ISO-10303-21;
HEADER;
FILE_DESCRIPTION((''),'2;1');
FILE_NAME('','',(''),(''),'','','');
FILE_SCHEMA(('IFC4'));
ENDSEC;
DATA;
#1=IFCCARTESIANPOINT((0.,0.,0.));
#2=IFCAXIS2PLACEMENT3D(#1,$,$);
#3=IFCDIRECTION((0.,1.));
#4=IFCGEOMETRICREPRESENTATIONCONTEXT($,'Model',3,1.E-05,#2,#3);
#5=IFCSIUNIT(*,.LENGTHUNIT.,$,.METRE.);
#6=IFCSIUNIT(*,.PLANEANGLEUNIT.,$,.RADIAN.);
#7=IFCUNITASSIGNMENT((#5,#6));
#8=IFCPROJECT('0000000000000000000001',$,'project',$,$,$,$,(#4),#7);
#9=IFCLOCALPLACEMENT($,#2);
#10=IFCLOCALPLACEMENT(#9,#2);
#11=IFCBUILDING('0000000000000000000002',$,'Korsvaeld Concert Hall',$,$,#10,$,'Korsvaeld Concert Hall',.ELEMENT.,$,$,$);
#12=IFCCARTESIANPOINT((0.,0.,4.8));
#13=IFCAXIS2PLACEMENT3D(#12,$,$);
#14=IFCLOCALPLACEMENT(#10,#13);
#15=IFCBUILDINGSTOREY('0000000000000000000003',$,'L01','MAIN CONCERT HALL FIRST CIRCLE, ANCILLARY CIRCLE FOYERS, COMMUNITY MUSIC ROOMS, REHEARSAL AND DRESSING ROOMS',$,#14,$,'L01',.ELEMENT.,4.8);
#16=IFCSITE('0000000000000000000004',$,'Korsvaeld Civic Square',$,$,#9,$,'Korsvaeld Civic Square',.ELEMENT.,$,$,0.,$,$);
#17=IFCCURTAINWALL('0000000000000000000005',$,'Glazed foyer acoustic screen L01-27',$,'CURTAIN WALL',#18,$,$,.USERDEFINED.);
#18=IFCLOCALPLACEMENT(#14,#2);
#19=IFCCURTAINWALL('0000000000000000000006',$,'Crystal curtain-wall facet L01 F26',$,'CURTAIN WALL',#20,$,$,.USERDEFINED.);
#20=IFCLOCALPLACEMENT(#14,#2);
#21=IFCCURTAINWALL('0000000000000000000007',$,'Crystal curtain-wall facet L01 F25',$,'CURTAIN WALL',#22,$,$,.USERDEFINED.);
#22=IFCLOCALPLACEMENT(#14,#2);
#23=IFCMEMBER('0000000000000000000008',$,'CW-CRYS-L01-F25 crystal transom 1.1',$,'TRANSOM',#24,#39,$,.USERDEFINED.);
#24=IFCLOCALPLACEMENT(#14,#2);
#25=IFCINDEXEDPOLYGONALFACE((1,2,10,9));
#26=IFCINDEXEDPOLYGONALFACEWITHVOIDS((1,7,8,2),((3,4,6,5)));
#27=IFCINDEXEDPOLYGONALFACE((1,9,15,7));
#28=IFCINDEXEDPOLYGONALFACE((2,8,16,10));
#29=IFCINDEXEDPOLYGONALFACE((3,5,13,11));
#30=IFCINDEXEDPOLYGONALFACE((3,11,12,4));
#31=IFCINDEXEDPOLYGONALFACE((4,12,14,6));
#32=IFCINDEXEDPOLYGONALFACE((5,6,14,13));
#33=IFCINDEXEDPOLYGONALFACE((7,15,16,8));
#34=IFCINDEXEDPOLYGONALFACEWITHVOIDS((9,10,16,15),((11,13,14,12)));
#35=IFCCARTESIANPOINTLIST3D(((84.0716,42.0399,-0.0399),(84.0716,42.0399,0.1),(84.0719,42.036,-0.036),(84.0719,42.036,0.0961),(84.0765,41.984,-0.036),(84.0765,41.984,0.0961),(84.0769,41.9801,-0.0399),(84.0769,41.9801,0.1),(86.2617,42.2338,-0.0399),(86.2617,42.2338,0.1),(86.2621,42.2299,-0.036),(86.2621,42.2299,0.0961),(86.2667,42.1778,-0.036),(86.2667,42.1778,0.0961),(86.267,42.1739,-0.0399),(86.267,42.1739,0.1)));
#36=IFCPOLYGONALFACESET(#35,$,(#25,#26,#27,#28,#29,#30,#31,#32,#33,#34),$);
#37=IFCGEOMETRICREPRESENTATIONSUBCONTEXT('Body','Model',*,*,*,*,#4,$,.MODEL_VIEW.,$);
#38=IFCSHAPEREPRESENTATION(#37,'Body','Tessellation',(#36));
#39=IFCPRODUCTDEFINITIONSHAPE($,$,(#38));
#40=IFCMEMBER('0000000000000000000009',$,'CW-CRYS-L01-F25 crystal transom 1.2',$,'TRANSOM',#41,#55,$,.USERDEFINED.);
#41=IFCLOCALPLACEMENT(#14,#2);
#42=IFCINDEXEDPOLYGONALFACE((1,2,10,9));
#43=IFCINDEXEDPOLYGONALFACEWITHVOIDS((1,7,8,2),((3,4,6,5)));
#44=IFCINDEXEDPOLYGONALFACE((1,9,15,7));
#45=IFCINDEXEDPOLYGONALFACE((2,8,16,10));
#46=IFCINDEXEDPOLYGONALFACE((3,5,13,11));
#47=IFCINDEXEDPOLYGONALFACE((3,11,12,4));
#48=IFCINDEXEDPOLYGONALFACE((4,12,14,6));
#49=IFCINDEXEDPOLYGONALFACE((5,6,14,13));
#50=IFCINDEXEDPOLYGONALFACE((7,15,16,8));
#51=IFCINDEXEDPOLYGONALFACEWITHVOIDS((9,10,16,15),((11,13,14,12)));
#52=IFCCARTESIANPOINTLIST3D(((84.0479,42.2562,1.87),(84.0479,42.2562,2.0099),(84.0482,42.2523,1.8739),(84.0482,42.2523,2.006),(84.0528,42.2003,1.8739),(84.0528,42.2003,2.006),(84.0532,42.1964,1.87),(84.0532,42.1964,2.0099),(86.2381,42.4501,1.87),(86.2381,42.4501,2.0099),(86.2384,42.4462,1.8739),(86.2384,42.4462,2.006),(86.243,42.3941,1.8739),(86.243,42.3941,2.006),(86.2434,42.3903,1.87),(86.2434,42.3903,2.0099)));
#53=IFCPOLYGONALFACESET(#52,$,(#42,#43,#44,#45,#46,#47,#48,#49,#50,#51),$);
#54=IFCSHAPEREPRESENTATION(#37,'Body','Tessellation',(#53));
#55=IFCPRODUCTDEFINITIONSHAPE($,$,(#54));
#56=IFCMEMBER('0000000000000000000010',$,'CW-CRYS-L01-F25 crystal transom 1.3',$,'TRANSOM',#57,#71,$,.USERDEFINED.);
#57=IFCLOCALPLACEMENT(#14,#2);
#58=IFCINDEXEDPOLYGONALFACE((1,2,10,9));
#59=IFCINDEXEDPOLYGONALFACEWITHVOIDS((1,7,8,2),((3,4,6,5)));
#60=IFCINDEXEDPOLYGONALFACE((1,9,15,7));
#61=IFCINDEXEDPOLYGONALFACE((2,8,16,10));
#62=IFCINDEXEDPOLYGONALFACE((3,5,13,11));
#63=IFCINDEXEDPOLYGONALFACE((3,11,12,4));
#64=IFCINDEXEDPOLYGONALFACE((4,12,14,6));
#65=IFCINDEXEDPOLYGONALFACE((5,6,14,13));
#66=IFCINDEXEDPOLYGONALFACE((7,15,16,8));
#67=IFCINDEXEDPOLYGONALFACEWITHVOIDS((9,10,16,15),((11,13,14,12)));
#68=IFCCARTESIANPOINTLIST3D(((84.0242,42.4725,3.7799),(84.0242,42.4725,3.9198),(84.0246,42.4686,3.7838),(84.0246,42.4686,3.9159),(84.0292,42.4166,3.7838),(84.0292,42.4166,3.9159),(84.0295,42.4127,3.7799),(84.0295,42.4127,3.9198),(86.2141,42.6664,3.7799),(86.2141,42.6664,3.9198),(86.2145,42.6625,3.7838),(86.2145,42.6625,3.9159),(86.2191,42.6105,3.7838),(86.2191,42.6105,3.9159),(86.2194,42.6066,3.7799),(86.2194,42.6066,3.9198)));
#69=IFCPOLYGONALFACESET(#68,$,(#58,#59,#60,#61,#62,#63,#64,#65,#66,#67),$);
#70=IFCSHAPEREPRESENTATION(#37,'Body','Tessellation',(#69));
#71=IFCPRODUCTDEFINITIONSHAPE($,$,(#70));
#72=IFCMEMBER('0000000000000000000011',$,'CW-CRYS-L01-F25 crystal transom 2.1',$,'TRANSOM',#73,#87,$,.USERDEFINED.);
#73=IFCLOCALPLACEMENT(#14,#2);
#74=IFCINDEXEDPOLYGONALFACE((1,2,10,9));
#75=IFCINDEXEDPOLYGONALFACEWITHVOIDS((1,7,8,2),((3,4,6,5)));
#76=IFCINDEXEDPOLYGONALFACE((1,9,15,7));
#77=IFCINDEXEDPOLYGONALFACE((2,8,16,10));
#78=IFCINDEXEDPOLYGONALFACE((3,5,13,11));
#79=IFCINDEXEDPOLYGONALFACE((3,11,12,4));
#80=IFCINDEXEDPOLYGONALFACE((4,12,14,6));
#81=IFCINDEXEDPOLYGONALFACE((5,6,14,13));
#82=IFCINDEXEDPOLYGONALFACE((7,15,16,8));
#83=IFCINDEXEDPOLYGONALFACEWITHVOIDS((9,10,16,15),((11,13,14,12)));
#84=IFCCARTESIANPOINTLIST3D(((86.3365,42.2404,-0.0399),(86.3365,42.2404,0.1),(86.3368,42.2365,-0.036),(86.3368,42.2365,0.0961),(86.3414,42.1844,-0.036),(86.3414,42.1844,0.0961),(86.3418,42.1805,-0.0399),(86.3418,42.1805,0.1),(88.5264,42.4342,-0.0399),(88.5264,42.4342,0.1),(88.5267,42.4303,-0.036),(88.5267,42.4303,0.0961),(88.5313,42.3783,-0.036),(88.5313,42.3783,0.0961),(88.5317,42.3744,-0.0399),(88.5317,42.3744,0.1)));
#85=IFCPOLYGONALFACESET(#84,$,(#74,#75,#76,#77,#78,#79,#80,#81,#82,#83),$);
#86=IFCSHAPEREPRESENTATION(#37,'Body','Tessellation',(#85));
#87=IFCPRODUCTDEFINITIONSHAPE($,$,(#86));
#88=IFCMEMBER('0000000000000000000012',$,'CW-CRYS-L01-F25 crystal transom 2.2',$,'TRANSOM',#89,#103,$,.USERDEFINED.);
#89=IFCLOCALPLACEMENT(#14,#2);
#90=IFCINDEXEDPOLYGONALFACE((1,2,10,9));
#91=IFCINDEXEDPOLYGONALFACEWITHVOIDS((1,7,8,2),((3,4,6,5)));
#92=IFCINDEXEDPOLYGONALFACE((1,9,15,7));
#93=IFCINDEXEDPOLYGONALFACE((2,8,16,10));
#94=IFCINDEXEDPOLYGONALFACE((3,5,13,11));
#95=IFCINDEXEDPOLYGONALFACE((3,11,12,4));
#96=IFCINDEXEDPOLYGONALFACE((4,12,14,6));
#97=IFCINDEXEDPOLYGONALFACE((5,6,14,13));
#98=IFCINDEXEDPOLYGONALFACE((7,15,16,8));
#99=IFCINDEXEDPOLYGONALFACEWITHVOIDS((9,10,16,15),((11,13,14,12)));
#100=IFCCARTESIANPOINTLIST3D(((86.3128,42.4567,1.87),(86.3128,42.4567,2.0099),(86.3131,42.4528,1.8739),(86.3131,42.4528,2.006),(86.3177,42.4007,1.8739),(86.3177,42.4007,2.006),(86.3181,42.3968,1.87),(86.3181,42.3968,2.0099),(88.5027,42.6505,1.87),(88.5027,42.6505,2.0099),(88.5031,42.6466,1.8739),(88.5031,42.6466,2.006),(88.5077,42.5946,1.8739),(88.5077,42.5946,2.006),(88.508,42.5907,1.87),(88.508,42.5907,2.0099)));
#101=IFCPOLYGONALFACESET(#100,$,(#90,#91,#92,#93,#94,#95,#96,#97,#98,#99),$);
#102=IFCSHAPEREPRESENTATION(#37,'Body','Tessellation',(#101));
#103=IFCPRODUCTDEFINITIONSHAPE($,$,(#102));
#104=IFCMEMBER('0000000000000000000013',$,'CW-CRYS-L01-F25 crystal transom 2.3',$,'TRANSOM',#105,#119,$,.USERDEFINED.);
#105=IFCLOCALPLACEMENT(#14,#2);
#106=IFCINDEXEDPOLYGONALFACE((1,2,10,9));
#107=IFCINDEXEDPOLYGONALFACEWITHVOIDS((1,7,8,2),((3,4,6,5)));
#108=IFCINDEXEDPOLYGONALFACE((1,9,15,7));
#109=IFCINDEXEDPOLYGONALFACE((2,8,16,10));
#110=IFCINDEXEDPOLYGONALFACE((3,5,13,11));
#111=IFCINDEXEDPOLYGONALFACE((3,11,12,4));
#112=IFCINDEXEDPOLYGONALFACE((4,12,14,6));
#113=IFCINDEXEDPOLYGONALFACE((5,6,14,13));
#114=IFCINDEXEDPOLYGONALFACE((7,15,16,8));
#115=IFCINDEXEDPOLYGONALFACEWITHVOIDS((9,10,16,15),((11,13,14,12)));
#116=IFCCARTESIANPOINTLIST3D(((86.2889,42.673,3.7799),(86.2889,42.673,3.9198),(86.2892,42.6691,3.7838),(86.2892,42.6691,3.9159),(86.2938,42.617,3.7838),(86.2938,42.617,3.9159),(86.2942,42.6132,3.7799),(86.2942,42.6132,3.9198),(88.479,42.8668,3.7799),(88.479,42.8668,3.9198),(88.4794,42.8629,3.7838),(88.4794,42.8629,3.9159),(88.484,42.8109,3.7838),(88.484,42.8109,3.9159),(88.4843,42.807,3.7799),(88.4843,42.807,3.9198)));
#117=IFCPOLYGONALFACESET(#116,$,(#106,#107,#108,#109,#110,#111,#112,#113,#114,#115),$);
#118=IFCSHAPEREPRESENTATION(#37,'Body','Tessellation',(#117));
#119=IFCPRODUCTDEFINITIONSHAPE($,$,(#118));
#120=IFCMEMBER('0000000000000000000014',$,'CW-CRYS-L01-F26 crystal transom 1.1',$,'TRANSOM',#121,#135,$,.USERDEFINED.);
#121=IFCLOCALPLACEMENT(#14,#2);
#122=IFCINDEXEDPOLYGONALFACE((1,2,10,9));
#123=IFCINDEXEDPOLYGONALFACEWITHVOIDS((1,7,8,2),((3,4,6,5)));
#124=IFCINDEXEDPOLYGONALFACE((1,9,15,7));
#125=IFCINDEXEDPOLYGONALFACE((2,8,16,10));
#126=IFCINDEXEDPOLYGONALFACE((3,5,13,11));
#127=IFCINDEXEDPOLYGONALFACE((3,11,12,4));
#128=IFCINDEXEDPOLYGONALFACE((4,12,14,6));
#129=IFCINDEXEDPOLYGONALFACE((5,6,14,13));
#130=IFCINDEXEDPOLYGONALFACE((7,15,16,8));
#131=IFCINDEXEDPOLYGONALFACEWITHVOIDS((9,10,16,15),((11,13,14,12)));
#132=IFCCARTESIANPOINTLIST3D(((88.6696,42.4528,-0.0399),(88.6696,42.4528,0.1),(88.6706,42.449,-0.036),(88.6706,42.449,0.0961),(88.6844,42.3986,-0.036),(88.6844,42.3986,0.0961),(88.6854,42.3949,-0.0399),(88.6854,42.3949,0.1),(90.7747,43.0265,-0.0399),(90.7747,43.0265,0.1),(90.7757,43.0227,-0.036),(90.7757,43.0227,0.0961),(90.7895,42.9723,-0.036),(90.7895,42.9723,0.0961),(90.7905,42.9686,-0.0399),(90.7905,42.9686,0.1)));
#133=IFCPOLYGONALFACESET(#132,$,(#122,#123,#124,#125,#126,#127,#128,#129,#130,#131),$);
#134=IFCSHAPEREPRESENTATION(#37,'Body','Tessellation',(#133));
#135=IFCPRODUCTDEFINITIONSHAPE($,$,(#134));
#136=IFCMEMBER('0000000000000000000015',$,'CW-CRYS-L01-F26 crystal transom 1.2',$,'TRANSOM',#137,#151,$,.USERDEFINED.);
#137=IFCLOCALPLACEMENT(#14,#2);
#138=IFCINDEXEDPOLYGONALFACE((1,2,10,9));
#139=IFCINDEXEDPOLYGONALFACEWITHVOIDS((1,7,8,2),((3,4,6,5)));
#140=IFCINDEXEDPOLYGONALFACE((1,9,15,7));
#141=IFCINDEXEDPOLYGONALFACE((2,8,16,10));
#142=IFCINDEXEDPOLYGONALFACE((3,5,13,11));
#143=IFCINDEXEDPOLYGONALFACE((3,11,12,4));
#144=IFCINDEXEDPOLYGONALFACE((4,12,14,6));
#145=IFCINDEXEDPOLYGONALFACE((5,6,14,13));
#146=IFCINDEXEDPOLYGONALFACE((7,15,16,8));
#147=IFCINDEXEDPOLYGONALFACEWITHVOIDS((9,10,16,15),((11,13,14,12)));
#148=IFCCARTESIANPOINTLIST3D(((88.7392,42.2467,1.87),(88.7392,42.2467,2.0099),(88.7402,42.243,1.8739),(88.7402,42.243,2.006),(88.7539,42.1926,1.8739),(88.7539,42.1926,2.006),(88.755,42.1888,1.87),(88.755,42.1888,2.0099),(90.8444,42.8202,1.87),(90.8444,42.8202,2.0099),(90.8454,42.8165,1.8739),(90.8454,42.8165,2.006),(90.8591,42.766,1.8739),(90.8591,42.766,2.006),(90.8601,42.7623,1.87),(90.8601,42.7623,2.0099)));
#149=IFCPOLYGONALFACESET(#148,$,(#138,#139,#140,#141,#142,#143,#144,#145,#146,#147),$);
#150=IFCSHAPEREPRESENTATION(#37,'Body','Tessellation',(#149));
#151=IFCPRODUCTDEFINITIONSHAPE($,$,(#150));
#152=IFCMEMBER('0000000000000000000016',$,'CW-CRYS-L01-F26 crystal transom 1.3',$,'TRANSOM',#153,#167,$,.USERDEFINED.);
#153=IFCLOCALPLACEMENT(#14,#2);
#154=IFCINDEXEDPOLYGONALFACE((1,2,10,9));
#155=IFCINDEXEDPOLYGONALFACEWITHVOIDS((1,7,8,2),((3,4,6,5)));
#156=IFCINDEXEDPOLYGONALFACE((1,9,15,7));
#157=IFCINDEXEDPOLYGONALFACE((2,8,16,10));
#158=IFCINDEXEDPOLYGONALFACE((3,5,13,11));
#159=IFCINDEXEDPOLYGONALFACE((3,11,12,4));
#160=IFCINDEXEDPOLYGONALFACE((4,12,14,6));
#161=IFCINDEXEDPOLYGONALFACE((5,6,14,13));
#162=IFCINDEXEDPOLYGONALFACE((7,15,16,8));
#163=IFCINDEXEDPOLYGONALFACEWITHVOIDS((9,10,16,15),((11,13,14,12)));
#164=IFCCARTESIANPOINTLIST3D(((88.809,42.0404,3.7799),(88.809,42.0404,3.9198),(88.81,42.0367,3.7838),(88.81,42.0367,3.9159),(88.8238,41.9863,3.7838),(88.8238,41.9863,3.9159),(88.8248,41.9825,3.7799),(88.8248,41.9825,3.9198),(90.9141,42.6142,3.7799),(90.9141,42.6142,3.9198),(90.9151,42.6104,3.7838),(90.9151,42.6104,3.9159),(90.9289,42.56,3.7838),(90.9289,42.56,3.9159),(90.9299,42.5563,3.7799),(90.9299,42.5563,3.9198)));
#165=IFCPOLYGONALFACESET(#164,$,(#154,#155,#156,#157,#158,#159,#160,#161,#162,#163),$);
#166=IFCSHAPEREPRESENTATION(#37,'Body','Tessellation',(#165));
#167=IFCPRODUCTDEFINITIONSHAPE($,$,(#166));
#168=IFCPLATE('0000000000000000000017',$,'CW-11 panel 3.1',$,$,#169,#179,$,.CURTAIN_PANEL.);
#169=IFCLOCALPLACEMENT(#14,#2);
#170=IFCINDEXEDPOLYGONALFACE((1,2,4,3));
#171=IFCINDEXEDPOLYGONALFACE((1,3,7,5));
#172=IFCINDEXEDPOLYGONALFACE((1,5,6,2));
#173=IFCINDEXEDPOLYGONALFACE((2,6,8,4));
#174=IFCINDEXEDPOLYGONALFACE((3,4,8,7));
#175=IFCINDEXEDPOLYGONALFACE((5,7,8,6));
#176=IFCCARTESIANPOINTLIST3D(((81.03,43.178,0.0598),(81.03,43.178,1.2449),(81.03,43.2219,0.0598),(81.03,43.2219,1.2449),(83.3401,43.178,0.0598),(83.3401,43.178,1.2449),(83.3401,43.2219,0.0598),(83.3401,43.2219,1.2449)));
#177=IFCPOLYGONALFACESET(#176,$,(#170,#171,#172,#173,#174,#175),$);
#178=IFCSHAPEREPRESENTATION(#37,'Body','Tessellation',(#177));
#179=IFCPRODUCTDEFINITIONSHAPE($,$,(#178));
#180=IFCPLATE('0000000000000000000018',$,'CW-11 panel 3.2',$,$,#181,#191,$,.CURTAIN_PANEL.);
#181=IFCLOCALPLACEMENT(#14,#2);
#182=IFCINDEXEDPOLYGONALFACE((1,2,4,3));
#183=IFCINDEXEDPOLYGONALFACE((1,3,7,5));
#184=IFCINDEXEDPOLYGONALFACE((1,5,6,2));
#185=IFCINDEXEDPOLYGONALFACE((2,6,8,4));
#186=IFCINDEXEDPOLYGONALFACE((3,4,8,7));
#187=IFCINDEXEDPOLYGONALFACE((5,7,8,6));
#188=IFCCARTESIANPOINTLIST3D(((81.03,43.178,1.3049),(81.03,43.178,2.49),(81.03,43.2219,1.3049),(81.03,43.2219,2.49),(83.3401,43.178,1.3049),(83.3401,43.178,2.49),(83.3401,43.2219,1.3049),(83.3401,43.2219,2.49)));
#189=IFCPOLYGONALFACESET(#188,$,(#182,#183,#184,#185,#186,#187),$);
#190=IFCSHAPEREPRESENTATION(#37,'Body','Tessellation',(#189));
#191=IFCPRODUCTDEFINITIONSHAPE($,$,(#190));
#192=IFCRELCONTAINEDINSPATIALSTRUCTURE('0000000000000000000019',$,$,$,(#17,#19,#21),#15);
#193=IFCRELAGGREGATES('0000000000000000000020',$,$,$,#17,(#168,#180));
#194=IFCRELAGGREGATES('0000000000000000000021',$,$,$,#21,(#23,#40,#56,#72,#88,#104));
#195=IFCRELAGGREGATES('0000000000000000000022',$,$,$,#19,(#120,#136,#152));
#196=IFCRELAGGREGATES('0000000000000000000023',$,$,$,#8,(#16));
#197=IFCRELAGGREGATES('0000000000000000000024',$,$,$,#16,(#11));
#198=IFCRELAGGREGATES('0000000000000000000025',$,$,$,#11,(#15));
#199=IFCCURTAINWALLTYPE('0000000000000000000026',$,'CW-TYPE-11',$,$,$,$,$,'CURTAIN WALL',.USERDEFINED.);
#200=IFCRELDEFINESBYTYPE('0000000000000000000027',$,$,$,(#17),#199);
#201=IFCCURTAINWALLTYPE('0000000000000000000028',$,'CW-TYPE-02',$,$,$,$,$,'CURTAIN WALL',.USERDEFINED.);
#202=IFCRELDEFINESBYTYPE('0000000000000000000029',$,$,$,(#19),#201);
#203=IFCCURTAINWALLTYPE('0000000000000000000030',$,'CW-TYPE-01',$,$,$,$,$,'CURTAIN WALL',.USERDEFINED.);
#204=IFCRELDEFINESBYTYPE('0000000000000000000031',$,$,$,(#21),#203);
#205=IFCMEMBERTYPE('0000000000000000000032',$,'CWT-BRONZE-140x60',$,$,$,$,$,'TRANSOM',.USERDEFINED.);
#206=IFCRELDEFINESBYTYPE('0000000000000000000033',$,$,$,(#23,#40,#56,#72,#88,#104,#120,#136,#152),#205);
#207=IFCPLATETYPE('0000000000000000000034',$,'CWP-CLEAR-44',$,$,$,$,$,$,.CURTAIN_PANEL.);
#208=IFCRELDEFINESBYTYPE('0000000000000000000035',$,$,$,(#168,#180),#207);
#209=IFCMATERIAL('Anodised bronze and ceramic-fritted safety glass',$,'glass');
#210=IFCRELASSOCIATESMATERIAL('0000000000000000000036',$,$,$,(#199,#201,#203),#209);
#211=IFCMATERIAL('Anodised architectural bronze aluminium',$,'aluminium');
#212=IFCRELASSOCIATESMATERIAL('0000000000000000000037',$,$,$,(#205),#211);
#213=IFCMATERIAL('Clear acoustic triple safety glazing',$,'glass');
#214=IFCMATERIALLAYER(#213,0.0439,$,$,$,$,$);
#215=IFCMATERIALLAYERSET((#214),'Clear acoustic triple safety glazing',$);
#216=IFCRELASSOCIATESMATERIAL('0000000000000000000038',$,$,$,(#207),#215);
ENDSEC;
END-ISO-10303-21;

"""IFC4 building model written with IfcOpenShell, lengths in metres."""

from ifc_helpers import new_model, si_unit, direction, frame, origin, origin_2d, place, context, subcontext, project, spatial, rectangle, hollow_rectangle, extrude, material, layer, layer_set, material_profile, profile_set, type_object, element, aggregate, save


model = new_model("IFC4")

# Units and contexts
model_context = context("Model", 3, precision=1e-05, world=origin(), true_north=direction((0.0, 1.0)))
body_context = subcontext(model_context, "Body", "Model", "MODEL_VIEW")
ifc_project = project(units=[si_unit("LENGTHUNIT", "METRE"), si_unit("PLANEANGLEUNIT", "RADIAN")], contexts=[model_context])

# Site, building, storey
site_placement = place(None, origin())
site = spatial("IfcSite", under=ifc_project, at=site_placement, Name="Korsvaeld Civic Square", LongName="Korsvaeld Civic Square", CompositionType="ELEMENT", RefElevation=0.0)
building_placement = place(site_placement, origin())
building = spatial("IfcBuilding", under=site, at=building_placement, Name="Korsvaeld Concert Hall", LongName="Korsvaeld Concert Hall", CompositionType="ELEMENT")
storey_placement = place(building_placement, frame((0.0, 0.0, 4.8)))
storey = spatial("IfcBuildingStorey", under=building, at=storey_placement, Name="L01", Description="MAIN CONCERT HALL FIRST CIRCLE, ANCILLARY CIRCLE FOYERS, COMMUNITY MUSIC ROOMS, REHEARSAL AND DRESSING ROOMS", LongName="L01", CompositionType="ELEMENT", Elevation=4.8)

# Curtain walls
ifc_material_1 = material(Name="Anodised bronze and ceramic-fritted safety glass", Category="glass")
curtain_wall_type_1 = type_object("IfcCurtainWallType", Name="CW-TYPE-11", ElementType="CURTAIN WALL", PredefinedType="USERDEFINED", material=ifc_material_1)
curtain_wall_1_placement = place(storey_placement, origin())
curtain_wall_1 = element("IfcCurtainWall", 1, at=curtain_wall_1_placement, inside=storey, type_object=curtain_wall_type_1, Name="Glazed foyer acoustic screen L01-27", ObjectType="CURTAIN WALL", PredefinedType="USERDEFINED")
ifc_material_2 = material(Name="Anodised architectural bronze aluminium", Category="aluminium")
curtain_wall_type_2 = type_object("IfcCurtainWallType", Name="CW-TYPE-02", ElementType="CURTAIN WALL", PredefinedType="USERDEFINED", material=ifc_material_1)
curtain_wall_2_placement = place(storey_placement, origin())
curtain_wall_2 = element("IfcCurtainWall", 2, at=curtain_wall_2_placement, inside=storey, type_object=curtain_wall_type_2, Name="Crystal curtain-wall facet L01 F26", ObjectType="CURTAIN WALL", PredefinedType="USERDEFINED")

# Curtain wall
curtain_wall_type_3 = type_object("IfcCurtainWallType", Name="CW-TYPE-01", ElementType="CURTAIN WALL", PredefinedType="USERDEFINED", material=ifc_material_1)
curtain_wall_3_placement = place(storey_placement, origin())
curtain_wall_3 = element("IfcCurtainWall", 3, at=curtain_wall_3_placement, inside=storey, type_object=curtain_wall_type_3, Name="Crystal curtain-wall facet L01 F25", ObjectType="CURTAIN WALL", PredefinedType="USERDEFINED")

# Members
ifc_material_profile_1 = material_profile(ifc_material_2, hollow_rectangle(XDim=0.0601, YDim=0.1399, WallThickness=0.0039, at=origin_2d()), Name="CWT 140x60x4")
ifc_profile_set_1 = profile_set([ifc_material_profile_1], Name="Anodised architectural bronze aluminium")
member_type_1 = type_object("IfcMemberType", Name="CWT-BRONZE-140x60", ElementType="TRANSOM", PredefinedType="USERDEFINED", material=ifc_profile_set_1)
member_1_placement = place(storey_placement, frame((84.0742, 42.01, 0.03), z_axis=(0.996106, 0.088163, 0.0), x_axis=(-0.088163, 0.996106, 0.0)))
member_1 = element("IfcMember", 4, at=member_1_placement, type_object=member_type_1, Name="CW-CRYS-L01-F25 crystal transom 1.1", ObjectType="TRANSOM", PredefinedType="USERDEFINED", context=body_context, shape_type="SweptSolid", body=[
    extrude(hollow_rectangle(XDim=0.0601, YDim=0.1399, WallThickness=0.0039, at=origin_2d()), origin(), (0.0, 0.0, 1.0), 2.1987),
])
member_2_placement = place(storey_placement, frame((84.0505, 42.2263, 1.9399), z_axis=(0.996106, 0.088163, 0.0), x_axis=(-0.088163, 0.996106, 0.0)))
member_2 = element("IfcMember", 5, at=member_2_placement, type_object=member_type_1, Name="CW-CRYS-L01-F25 crystal transom 1.2", ObjectType="TRANSOM", PredefinedType="USERDEFINED", context=body_context, shape_type="SweptSolid", body=[
    extrude(hollow_rectangle(XDim=0.0601, YDim=0.1399, WallThickness=0.0039, at=origin_2d()), origin(), (0.0, 0.0, 1.0), 2.1987),
])
member_3_placement = place(storey_placement, frame((84.0269, 42.4426, 3.8499), z_axis=(0.996105, 0.088173, 0.0), x_axis=(-0.088173, 0.996105, 0.0)))
member_3 = element("IfcMember", 6, at=member_3_placement, type_object=member_type_1, Name="CW-CRYS-L01-F25 crystal transom 1.3", ObjectType="TRANSOM", PredefinedType="USERDEFINED", context=body_context, shape_type="SweptSolid", body=[
    extrude(hollow_rectangle(XDim=0.0601, YDim=0.1399, WallThickness=0.0039, at=origin_2d()), origin(), (0.0, 0.0, 1.0), 2.1985),
])
member_4_placement = place(storey_placement, frame((86.3391, 42.2104, 0.03), z_axis=(0.996105, 0.088173, 0.0), x_axis=(-0.088173, 0.996105, 0.0)))
member_4 = element("IfcMember", 7, at=member_4_placement, type_object=member_type_1, Name="CW-CRYS-L01-F25 crystal transom 2.1", ObjectType="TRANSOM", PredefinedType="USERDEFINED", context=body_context, shape_type="SweptSolid", body=[
    extrude(hollow_rectangle(XDim=0.0601, YDim=0.1399, WallThickness=0.0039, at=origin_2d()), origin(), (0.0, 0.0, 1.0), 2.1985),
])
member_5_placement = place(storey_placement, frame((86.3154, 42.4268, 1.9399), z_axis=(0.996105, 0.088173, 0.0), x_axis=(-0.088173, 0.996105, 0.0)))
member_5 = element("IfcMember", 8, at=member_5_placement, type_object=member_type_1, Name="CW-CRYS-L01-F25 crystal transom 2.2", ObjectType="TRANSOM", PredefinedType="USERDEFINED", context=body_context, shape_type="SweptSolid", body=[
    extrude(hollow_rectangle(XDim=0.0601, YDim=0.1399, WallThickness=0.0039, at=origin_2d()), origin(), (0.0, 0.0, 1.0), 2.1985),
])
member_6_placement = place(storey_placement, frame((86.2915, 42.6431, 3.8499), z_axis=(0.996106, 0.088163, 0.0), x_axis=(-0.088163, 0.996106, 0.0)))
member_6 = element("IfcMember", 9, at=member_6_placement, type_object=member_type_1, Name="CW-CRYS-L01-F25 crystal transom 2.3", ObjectType="TRANSOM", PredefinedType="USERDEFINED", context=body_context, shape_type="SweptSolid", body=[
    extrude(hollow_rectangle(XDim=0.0601, YDim=0.1399, WallThickness=0.0039, at=origin_2d()), origin(), (0.0, 0.0, 1.0), 2.1987),
])
member_7_placement = place(storey_placement, frame((88.6775, 42.4238, 0.03), z_axis=(0.964813, 0.262938, 0.0), x_axis=(-0.262938, 0.964813, 0.0)))
member_7 = element("IfcMember", 10, at=member_7_placement, type_object=member_type_1, Name="CW-CRYS-L01-F26 crystal transom 1.1", ObjectType="TRANSOM", PredefinedType="USERDEFINED", context=body_context, shape_type="SweptSolid", body=[
    extrude(hollow_rectangle(XDim=0.0601, YDim=0.1399, WallThickness=0.0039, at=origin_2d()), origin(), (0.0, 0.0, 1.0), 2.1819),
])
member_8_placement = place(storey_placement, frame((88.7471, 42.2178, 1.9399), z_axis=(0.964841, 0.262833, 0.0), x_axis=(-0.262833, 0.964841, 0.0)))
member_8 = element("IfcMember", 11, at=member_8_placement, type_object=member_type_1, Name="CW-CRYS-L01-F26 crystal transom 1.2", ObjectType="TRANSOM", PredefinedType="USERDEFINED", context=body_context, shape_type="SweptSolid", body=[
    extrude(hollow_rectangle(XDim=0.0601, YDim=0.1399, WallThickness=0.0039, at=origin_2d()), origin(), (0.0, 0.0, 1.0), 2.1819),
])
member_9_placement = place(storey_placement, frame((88.8169, 42.0115, 3.8499), z_axis=(0.964805, 0.262966, 0.0), x_axis=(-0.262966, 0.964805, 0.0)))
member_9 = element("IfcMember", 12, at=member_9_placement, type_object=member_type_1, Name="CW-CRYS-L01-F26 crystal transom 1.3", ObjectType="TRANSOM", PredefinedType="USERDEFINED", context=body_context, shape_type="SweptSolid", body=[
    extrude(hollow_rectangle(XDim=0.0601, YDim=0.1399, WallThickness=0.0039, at=origin_2d()), origin(), (0.0, 0.0, 1.0), 2.1819),
])

# Plates
ifc_material_3 = material(Name="Clear acoustic triple safety glazing", Category="glass")
ifc_layer_1 = layer(ifc_material_3, 0.0439)
ifc_layer_set_1 = layer_set([ifc_layer_1], Name="Clear acoustic triple safety glazing")
plate_type_1 = type_object("IfcPlateType", Name="CWP-CLEAR-44", PredefinedType="CURTAIN_PANEL", material=ifc_layer_set_1)
plate_1_placement = place(storey_placement, frame((82.1851, 43.2, 0.0598), z_axis=(0.0, 0.0, 1.0), x_axis=(1.0, 0.0, 0.0)))
plate_1 = element("IfcPlate", 13, at=plate_1_placement, type_object=plate_type_1, Name="CW-11 panel 3.1", PredefinedType="CURTAIN_PANEL", context=body_context, shape_type="SweptSolid", body=[
    extrude(rectangle(XDim=2.3101, YDim=0.0439, at=origin_2d()), origin(), (0.0, 0.0, 1.0), 1.1851),
])
plate_2_placement = place(storey_placement, frame((82.1851, 43.2, 1.3049), z_axis=(0.0, 0.0, 1.0), x_axis=(1.0, 0.0, 0.0)))
plate_2 = element("IfcPlate", 14, at=plate_2_placement, type_object=plate_type_1, Name="CW-11 panel 3.2", PredefinedType="CURTAIN_PANEL", context=body_context, shape_type="SweptSolid", body=[
    extrude(rectangle(XDim=2.3101, YDim=0.0439, at=origin_2d()), origin(), (0.0, 0.0, 1.0), 1.1851),
])
aggregate(curtain_wall_1, [plate_1, plate_2])
aggregate(curtain_wall_3, [member_1, member_2, member_3, member_4, member_5, member_6])
aggregate(curtain_wall_2, [member_7, member_8, member_9])

save(model, "model.ifc")
